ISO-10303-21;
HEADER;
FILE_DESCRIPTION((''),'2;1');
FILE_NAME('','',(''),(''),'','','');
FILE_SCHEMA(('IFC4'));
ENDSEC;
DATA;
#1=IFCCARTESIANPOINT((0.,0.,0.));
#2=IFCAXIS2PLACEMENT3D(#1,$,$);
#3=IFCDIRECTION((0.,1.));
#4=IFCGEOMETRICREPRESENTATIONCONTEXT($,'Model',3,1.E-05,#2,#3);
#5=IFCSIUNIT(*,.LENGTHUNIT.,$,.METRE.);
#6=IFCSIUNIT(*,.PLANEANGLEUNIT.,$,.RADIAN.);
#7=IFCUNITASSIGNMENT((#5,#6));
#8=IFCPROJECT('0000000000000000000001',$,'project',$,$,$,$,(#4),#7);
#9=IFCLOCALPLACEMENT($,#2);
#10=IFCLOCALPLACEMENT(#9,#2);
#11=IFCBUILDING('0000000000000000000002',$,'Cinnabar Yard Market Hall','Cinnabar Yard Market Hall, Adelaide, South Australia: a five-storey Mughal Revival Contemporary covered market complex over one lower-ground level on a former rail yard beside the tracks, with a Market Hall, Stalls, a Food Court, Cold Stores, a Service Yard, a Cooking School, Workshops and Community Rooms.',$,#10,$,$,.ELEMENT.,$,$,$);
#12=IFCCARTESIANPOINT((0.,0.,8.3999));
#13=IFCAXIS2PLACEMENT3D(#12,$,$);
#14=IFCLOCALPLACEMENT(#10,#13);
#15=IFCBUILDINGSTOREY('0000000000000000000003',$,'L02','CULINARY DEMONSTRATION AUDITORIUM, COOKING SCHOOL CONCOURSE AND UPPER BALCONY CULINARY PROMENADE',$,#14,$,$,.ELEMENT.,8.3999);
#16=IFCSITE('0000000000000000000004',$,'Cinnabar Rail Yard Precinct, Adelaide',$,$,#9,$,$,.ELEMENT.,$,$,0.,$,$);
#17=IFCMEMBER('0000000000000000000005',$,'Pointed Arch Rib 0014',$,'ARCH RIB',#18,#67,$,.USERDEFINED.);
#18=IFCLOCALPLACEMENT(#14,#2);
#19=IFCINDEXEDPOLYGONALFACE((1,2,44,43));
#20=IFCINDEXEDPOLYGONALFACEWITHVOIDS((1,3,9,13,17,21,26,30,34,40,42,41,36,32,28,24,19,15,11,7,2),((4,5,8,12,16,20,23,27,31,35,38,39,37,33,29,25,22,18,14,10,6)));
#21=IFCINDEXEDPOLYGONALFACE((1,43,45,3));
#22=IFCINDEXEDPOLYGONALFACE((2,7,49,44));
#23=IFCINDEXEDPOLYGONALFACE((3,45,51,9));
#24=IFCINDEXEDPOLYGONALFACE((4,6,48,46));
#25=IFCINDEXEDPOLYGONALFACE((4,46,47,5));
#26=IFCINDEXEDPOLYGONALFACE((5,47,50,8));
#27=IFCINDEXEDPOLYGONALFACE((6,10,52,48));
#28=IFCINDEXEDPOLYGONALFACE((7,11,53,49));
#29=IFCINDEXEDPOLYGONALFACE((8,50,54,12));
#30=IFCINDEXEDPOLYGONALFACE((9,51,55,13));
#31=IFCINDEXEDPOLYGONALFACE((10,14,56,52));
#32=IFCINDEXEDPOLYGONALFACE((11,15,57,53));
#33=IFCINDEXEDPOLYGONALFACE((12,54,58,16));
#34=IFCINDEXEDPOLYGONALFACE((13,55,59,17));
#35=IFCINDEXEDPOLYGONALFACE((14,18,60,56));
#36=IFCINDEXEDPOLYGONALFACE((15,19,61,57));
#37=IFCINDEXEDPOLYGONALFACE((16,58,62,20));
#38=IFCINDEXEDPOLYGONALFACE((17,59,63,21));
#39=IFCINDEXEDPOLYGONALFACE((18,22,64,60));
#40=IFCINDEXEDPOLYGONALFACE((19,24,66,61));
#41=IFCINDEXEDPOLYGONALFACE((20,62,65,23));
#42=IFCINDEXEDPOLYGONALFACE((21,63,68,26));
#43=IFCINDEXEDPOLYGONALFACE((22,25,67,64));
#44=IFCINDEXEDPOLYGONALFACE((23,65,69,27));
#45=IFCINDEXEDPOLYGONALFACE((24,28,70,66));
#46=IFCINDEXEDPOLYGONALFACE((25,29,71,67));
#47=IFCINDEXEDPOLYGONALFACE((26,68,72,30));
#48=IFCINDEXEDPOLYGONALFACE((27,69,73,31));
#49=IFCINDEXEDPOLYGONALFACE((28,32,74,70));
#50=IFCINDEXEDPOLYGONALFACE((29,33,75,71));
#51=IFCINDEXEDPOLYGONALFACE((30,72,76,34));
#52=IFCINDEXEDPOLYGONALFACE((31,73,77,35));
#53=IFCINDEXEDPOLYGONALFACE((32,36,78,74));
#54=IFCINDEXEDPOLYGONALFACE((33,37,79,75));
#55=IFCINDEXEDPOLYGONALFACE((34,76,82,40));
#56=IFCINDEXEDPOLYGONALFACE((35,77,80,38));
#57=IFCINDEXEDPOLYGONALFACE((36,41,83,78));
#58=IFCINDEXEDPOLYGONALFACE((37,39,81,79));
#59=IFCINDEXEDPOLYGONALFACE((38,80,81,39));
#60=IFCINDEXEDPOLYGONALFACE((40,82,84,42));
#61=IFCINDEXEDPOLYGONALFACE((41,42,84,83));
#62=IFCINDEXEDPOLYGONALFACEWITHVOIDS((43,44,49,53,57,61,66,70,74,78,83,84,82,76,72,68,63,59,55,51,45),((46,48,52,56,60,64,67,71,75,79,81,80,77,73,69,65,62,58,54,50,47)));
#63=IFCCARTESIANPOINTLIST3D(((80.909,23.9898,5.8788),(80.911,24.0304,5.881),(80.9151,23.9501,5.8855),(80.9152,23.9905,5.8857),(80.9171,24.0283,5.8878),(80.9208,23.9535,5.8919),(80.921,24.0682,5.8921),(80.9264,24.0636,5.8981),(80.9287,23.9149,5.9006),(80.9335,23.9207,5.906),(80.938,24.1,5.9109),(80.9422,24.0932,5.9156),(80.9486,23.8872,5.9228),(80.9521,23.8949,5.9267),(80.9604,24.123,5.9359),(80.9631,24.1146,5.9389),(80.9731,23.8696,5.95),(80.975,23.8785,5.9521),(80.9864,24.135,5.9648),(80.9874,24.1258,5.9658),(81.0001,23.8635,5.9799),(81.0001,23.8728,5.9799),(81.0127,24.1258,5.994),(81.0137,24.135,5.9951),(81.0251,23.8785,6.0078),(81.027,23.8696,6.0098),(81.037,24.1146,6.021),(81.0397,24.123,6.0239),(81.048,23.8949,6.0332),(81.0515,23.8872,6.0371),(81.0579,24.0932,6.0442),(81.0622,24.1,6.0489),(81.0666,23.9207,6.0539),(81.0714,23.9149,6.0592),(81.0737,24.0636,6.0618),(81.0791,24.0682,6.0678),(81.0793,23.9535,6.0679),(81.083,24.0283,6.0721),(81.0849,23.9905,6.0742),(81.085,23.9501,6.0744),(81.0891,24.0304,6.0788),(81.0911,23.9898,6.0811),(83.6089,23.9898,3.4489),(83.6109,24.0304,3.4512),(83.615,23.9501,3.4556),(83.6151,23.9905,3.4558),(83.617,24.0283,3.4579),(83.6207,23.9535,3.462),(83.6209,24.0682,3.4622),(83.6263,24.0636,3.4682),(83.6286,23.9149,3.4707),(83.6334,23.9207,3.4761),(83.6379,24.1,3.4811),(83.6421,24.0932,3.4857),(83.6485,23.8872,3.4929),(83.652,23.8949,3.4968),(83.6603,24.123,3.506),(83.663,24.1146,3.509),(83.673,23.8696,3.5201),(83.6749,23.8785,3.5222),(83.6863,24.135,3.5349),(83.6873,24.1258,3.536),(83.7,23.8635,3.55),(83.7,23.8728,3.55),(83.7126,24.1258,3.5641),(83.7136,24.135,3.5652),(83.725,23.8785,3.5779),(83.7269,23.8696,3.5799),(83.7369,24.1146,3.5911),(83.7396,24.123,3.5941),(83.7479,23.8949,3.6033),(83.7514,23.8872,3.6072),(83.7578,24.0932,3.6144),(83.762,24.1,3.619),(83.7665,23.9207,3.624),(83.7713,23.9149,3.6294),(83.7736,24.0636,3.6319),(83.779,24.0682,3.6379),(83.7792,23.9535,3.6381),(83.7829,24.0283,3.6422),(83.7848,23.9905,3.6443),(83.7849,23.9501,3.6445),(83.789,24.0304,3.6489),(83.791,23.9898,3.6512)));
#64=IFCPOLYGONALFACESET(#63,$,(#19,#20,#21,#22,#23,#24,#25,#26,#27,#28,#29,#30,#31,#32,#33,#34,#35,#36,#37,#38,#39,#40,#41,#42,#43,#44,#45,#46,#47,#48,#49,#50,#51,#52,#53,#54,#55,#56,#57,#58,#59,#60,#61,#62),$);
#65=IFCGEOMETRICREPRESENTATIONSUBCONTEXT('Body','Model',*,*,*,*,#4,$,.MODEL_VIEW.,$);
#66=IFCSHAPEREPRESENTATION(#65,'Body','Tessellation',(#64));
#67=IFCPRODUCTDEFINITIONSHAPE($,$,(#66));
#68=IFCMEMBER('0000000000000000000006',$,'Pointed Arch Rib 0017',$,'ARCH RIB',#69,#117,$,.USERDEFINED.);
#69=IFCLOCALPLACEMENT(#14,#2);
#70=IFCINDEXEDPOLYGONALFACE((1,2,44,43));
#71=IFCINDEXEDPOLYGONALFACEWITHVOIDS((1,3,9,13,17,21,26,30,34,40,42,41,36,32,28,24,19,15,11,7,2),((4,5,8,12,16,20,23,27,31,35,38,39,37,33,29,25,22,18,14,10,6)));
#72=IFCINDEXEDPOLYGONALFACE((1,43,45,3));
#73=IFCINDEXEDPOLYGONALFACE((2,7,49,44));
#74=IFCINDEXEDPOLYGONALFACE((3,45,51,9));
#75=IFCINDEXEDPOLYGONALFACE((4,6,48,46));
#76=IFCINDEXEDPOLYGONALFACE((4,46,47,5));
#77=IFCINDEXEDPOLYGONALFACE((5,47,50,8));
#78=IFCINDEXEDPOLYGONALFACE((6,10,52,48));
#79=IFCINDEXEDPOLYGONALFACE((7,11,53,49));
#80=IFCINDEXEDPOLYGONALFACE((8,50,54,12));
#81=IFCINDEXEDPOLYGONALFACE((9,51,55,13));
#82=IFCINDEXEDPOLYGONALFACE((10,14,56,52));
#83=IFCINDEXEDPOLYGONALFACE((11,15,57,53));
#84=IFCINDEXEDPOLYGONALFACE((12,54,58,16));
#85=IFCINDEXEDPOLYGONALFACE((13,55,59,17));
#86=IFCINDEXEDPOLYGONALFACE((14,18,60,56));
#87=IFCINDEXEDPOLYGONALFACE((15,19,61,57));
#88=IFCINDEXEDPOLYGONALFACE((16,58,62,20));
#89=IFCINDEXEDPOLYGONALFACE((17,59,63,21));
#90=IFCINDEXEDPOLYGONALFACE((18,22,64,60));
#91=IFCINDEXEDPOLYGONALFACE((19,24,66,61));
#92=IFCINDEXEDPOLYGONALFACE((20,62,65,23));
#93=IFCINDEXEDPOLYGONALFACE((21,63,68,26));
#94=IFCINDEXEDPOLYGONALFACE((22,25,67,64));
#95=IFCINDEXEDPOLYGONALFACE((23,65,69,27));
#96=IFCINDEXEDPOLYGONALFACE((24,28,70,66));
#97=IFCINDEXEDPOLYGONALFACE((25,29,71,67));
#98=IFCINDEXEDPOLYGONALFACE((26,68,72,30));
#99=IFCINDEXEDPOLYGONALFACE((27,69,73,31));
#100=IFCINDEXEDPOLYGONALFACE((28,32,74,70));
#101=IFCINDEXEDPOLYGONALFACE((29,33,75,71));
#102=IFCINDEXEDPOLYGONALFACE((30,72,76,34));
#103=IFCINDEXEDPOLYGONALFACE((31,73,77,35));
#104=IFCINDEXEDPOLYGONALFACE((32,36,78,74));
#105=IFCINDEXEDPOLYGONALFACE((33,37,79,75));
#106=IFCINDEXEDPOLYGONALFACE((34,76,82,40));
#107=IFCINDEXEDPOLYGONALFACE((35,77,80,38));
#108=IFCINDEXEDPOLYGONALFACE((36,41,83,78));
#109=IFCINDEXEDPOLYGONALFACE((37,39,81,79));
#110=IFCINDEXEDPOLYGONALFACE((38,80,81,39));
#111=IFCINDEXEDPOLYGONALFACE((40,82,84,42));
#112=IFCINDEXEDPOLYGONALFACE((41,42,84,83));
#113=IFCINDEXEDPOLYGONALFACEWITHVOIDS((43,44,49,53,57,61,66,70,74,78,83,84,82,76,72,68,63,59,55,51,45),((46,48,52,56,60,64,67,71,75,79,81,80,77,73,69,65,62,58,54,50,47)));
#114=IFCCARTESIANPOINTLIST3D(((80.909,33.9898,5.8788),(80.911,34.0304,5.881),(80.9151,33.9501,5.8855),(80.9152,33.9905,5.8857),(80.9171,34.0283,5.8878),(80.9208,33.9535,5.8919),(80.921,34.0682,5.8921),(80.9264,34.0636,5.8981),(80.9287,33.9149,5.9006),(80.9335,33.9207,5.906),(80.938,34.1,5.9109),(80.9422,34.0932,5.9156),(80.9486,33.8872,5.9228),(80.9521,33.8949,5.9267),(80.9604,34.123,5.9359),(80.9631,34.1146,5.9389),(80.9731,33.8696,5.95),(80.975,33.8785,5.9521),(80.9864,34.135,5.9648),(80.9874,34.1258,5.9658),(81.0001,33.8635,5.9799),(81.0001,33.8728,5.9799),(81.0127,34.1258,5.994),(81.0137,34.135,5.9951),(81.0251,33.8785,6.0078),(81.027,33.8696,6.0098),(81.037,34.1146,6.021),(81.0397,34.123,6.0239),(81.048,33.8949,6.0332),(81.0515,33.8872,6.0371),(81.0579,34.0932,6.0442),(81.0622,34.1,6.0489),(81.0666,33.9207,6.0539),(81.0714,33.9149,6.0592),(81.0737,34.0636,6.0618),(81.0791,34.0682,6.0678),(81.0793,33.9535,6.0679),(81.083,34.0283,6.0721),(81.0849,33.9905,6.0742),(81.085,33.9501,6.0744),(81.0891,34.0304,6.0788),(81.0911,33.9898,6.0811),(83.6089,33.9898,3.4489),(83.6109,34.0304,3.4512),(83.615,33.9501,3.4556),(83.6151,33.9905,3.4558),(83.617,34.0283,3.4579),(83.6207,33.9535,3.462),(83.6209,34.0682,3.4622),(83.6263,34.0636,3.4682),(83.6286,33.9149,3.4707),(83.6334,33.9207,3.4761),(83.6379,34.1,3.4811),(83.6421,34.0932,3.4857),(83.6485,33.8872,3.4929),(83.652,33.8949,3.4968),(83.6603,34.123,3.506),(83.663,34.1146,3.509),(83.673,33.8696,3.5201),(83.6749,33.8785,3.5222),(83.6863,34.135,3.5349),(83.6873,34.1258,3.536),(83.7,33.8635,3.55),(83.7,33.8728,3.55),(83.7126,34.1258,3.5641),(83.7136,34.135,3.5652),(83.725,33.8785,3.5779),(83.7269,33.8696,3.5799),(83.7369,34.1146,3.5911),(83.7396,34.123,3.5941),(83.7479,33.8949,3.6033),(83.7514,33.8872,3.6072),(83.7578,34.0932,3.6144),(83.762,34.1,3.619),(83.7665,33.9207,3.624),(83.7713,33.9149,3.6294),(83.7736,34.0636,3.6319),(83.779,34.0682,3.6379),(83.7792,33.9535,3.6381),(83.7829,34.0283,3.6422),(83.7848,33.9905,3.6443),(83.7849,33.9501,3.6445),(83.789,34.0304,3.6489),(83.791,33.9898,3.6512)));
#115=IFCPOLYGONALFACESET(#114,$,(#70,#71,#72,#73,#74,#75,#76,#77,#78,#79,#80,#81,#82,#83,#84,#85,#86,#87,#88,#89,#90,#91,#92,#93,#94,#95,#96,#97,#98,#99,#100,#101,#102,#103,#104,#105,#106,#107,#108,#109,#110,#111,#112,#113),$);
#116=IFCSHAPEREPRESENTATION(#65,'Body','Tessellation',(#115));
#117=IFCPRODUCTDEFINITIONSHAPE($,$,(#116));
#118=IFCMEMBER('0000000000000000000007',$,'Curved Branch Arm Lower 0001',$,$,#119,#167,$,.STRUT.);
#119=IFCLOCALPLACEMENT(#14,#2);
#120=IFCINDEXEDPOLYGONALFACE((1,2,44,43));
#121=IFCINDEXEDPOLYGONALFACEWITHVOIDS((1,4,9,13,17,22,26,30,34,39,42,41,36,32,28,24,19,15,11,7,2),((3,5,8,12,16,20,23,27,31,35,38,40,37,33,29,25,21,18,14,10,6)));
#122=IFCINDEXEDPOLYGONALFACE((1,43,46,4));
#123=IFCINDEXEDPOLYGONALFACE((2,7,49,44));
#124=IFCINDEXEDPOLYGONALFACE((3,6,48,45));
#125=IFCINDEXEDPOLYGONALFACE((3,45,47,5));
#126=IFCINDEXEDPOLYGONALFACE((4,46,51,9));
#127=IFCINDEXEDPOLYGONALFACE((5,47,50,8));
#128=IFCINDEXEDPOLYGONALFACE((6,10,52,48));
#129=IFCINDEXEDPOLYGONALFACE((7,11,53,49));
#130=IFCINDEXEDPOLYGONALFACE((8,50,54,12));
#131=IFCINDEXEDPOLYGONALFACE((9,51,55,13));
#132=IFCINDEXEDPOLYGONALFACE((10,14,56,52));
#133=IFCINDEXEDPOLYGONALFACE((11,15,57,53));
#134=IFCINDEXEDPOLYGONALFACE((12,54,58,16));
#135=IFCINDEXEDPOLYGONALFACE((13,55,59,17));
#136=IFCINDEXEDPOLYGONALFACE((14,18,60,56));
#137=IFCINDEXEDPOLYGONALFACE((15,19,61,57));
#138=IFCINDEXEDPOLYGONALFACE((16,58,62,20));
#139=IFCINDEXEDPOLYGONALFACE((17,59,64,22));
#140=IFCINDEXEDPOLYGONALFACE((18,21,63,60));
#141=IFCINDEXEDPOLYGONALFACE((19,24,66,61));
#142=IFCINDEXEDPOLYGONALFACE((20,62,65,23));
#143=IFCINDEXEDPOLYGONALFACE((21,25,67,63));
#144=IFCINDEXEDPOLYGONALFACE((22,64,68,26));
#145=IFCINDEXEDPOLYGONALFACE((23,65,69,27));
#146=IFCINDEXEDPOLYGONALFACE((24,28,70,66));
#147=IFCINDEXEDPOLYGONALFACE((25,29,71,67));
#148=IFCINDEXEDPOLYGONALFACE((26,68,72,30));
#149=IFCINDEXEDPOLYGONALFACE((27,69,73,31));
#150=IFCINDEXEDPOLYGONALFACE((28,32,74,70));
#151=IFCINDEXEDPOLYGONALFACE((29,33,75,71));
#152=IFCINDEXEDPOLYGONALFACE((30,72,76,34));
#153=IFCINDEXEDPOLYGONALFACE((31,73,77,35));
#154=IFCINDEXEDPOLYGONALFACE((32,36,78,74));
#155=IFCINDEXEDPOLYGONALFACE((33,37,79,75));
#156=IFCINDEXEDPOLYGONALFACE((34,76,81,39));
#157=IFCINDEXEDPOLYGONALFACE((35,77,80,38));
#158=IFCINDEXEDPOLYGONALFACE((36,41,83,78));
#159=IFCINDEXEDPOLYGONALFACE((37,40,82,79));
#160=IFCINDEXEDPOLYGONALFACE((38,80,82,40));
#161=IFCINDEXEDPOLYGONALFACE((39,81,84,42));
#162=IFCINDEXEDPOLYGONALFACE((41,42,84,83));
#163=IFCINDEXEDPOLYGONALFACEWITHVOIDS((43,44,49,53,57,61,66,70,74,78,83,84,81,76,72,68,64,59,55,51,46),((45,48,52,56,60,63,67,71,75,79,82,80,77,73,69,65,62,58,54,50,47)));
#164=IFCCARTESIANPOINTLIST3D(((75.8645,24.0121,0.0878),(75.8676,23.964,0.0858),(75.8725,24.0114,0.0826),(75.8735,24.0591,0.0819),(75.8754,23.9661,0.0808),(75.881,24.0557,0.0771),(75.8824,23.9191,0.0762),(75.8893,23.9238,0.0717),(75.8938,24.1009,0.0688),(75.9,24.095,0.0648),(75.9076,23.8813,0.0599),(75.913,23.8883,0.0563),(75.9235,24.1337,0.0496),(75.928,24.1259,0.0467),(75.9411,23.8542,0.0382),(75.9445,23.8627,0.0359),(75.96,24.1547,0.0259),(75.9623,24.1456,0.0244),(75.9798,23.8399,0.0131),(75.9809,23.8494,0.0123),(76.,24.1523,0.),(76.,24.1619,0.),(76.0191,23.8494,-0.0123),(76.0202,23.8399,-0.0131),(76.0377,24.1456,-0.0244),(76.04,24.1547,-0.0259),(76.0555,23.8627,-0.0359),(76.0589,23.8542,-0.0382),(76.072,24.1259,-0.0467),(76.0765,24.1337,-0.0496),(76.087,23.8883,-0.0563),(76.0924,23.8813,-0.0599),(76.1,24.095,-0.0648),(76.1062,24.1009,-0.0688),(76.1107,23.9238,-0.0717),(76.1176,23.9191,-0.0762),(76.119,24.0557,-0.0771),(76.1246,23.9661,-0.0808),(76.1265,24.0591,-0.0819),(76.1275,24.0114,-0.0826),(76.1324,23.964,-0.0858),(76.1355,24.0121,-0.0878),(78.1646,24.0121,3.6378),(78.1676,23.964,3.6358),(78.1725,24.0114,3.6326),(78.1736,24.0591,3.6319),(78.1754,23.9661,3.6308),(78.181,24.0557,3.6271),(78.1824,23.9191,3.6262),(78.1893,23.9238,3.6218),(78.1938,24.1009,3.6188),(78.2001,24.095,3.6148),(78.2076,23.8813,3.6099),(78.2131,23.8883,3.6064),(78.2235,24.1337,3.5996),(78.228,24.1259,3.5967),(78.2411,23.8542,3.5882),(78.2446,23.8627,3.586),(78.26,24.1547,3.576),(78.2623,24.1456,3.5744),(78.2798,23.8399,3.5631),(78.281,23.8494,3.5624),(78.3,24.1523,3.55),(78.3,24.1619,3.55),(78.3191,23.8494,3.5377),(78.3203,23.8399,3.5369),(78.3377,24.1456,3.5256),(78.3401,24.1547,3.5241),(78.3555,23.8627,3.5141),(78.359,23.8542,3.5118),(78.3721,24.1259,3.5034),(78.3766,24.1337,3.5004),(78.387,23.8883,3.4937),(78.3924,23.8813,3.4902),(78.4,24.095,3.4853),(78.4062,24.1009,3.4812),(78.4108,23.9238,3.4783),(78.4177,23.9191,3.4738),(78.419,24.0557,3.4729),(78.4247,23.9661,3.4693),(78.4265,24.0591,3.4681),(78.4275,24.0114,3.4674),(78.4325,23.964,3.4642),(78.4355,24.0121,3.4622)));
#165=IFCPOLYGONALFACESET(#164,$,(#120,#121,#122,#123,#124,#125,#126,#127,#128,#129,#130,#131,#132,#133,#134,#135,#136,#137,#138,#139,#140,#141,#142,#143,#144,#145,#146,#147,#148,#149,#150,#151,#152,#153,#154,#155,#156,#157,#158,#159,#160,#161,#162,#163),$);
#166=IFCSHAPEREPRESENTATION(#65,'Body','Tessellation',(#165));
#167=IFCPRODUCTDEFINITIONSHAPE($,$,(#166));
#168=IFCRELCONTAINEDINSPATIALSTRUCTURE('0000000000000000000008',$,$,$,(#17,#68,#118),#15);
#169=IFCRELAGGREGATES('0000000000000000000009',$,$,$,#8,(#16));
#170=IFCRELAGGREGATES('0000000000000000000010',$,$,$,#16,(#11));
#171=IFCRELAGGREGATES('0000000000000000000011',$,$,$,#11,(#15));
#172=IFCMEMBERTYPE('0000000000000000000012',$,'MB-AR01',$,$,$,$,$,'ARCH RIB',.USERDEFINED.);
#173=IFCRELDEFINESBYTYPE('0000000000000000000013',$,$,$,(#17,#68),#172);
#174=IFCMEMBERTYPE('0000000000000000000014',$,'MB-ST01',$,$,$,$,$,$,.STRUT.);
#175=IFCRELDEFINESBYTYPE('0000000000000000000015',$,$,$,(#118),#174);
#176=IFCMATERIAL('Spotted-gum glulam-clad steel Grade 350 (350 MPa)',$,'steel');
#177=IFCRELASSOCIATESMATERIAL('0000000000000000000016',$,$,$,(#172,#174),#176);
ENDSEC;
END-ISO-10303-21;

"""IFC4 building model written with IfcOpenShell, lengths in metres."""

from ifc_helpers import new_model, si_unit, direction, frame, origin, origin_2d_with_axis, place, context, subcontext, project, spatial, hollow_circle, extrude, material, material_profile, profile_set, type_object, element, save


model = new_model("IFC4")

# Units and contexts
model_context = context("Model", 3, precision=1e-05, world=origin(), true_north=direction((0.0, 1.0)))
body_context = subcontext(model_context, "Body", "Model", "MODEL_VIEW")
ifc_project = project(units=[si_unit("LENGTHUNIT", "METRE"), si_unit("PLANEANGLEUNIT", "RADIAN")], contexts=[model_context])

# Site, building, storey
site_placement = place(None, origin())
site = spatial("IfcSite", under=ifc_project, at=site_placement, Name="Cinnabar Rail Yard Precinct, Adelaide", CompositionType="ELEMENT", RefElevation=0.0)
building_placement = place(site_placement, origin())
building = spatial("IfcBuilding", under=site, at=building_placement, Name="Cinnabar Yard Market Hall", Description="Cinnabar Yard Market Hall, Adelaide, South Australia: a five-storey Mughal Revival Contemporary covered market complex over one lower-ground level on a former rail yard beside the tracks, with a Market Hall, Stalls, a Food Court, Cold Stores, a Service Yard, a Cooking School, Workshops and Community Rooms.", CompositionType="ELEMENT")
storey_placement = place(building_placement, frame((0.0, 0.0, 8.3999)))
storey = spatial("IfcBuildingStorey", under=building, at=storey_placement, Name="L02", Description="CULINARY DEMONSTRATION AUDITORIUM, COOKING SCHOOL CONCOURSE AND UPPER BALCONY CULINARY PROMENADE", CompositionType="ELEMENT", Elevation=8.3999)

# Shared definitions
ifc_material_1 = material(Name="Spotted-gum glulam-clad steel Grade 350 (350 MPa)", Category="steel")

# Members
ifc_material_profile_1 = material_profile(ifc_material_1, hollow_circle(Radius=0.1365, WallThickness=0.0093, at=origin_2d_with_axis()), Name="273.1x9.3CHS")
ifc_profile_set_1 = profile_set([ifc_material_profile_1], Name="Spotted-gum glulam-clad steel Grade 350 (350 MPa)")
member_type_1 = type_object("IfcMemberType", Name="MB-AR01", ElementType="ARCH RIB", PredefinedType="USERDEFINED", material=ifc_profile_set_1)
for number, where, z_axis, x_axis, name in (
    (1, (83.7, 24.0, 3.55), (-0.743297, 0.0, 0.668961), (0.0, -1.0, 0.0), "Pointed Arch Rib 0014"),
    (2, (83.7, 34.0, 3.55), (-0.743297, 0.0, 0.668961), (0.0, -1.0, 0.0), "Pointed Arch Rib 0017"),
):
    element("IfcMember", number, at=place(storey_placement, frame(where, z_axis=z_axis, x_axis=x_axis)), inside=storey, type_object=member_type_1, Name=name, ObjectType="ARCH RIB", PredefinedType="USERDEFINED", context=body_context, shape_type="SweptSolid", body=[
        extrude(hollow_circle(Radius=0.1365, WallThickness=0.0093, at=origin_2d_with_axis()), origin(), (0.0, 0.0, 1.0), 3.6323),
    ])
ifc_material_profile_2 = material_profile(ifc_material_1, hollow_circle(Radius=0.1619, WallThickness=0.0095, at=origin_2d_with_axis()), Name="323.9x9.5CHS")
ifc_profile_set_2 = profile_set([ifc_material_profile_2], Name="Spotted-gum glulam-clad steel Grade 350 (350 MPa)")
member_type_2 = type_object("IfcMemberType", Name="MB-ST01", PredefinedType="STRUT", material=ifc_profile_set_2)
for number, where, z_axis, x_axis, name in (
    (3, (76.0, 24.0, 0.0), (0.543744, 0.0, 0.839251), (0.0, 1.0, 0.0), "Curved Branch Arm Lower 0001"),
):
    element("IfcMember", number, at=place(storey_placement, frame(where, z_axis=z_axis, x_axis=x_axis)), inside=storey, type_object=member_type_2, Name=name, PredefinedType="STRUT", context=body_context, shape_type="SweptSolid", body=[
        extrude(hollow_circle(Radius=0.1619, WallThickness=0.0095, at=origin_2d_with_axis()), origin(), (0.0, 0.0, 1.0), 4.23),
    ])

save(model, "model.ifc")
